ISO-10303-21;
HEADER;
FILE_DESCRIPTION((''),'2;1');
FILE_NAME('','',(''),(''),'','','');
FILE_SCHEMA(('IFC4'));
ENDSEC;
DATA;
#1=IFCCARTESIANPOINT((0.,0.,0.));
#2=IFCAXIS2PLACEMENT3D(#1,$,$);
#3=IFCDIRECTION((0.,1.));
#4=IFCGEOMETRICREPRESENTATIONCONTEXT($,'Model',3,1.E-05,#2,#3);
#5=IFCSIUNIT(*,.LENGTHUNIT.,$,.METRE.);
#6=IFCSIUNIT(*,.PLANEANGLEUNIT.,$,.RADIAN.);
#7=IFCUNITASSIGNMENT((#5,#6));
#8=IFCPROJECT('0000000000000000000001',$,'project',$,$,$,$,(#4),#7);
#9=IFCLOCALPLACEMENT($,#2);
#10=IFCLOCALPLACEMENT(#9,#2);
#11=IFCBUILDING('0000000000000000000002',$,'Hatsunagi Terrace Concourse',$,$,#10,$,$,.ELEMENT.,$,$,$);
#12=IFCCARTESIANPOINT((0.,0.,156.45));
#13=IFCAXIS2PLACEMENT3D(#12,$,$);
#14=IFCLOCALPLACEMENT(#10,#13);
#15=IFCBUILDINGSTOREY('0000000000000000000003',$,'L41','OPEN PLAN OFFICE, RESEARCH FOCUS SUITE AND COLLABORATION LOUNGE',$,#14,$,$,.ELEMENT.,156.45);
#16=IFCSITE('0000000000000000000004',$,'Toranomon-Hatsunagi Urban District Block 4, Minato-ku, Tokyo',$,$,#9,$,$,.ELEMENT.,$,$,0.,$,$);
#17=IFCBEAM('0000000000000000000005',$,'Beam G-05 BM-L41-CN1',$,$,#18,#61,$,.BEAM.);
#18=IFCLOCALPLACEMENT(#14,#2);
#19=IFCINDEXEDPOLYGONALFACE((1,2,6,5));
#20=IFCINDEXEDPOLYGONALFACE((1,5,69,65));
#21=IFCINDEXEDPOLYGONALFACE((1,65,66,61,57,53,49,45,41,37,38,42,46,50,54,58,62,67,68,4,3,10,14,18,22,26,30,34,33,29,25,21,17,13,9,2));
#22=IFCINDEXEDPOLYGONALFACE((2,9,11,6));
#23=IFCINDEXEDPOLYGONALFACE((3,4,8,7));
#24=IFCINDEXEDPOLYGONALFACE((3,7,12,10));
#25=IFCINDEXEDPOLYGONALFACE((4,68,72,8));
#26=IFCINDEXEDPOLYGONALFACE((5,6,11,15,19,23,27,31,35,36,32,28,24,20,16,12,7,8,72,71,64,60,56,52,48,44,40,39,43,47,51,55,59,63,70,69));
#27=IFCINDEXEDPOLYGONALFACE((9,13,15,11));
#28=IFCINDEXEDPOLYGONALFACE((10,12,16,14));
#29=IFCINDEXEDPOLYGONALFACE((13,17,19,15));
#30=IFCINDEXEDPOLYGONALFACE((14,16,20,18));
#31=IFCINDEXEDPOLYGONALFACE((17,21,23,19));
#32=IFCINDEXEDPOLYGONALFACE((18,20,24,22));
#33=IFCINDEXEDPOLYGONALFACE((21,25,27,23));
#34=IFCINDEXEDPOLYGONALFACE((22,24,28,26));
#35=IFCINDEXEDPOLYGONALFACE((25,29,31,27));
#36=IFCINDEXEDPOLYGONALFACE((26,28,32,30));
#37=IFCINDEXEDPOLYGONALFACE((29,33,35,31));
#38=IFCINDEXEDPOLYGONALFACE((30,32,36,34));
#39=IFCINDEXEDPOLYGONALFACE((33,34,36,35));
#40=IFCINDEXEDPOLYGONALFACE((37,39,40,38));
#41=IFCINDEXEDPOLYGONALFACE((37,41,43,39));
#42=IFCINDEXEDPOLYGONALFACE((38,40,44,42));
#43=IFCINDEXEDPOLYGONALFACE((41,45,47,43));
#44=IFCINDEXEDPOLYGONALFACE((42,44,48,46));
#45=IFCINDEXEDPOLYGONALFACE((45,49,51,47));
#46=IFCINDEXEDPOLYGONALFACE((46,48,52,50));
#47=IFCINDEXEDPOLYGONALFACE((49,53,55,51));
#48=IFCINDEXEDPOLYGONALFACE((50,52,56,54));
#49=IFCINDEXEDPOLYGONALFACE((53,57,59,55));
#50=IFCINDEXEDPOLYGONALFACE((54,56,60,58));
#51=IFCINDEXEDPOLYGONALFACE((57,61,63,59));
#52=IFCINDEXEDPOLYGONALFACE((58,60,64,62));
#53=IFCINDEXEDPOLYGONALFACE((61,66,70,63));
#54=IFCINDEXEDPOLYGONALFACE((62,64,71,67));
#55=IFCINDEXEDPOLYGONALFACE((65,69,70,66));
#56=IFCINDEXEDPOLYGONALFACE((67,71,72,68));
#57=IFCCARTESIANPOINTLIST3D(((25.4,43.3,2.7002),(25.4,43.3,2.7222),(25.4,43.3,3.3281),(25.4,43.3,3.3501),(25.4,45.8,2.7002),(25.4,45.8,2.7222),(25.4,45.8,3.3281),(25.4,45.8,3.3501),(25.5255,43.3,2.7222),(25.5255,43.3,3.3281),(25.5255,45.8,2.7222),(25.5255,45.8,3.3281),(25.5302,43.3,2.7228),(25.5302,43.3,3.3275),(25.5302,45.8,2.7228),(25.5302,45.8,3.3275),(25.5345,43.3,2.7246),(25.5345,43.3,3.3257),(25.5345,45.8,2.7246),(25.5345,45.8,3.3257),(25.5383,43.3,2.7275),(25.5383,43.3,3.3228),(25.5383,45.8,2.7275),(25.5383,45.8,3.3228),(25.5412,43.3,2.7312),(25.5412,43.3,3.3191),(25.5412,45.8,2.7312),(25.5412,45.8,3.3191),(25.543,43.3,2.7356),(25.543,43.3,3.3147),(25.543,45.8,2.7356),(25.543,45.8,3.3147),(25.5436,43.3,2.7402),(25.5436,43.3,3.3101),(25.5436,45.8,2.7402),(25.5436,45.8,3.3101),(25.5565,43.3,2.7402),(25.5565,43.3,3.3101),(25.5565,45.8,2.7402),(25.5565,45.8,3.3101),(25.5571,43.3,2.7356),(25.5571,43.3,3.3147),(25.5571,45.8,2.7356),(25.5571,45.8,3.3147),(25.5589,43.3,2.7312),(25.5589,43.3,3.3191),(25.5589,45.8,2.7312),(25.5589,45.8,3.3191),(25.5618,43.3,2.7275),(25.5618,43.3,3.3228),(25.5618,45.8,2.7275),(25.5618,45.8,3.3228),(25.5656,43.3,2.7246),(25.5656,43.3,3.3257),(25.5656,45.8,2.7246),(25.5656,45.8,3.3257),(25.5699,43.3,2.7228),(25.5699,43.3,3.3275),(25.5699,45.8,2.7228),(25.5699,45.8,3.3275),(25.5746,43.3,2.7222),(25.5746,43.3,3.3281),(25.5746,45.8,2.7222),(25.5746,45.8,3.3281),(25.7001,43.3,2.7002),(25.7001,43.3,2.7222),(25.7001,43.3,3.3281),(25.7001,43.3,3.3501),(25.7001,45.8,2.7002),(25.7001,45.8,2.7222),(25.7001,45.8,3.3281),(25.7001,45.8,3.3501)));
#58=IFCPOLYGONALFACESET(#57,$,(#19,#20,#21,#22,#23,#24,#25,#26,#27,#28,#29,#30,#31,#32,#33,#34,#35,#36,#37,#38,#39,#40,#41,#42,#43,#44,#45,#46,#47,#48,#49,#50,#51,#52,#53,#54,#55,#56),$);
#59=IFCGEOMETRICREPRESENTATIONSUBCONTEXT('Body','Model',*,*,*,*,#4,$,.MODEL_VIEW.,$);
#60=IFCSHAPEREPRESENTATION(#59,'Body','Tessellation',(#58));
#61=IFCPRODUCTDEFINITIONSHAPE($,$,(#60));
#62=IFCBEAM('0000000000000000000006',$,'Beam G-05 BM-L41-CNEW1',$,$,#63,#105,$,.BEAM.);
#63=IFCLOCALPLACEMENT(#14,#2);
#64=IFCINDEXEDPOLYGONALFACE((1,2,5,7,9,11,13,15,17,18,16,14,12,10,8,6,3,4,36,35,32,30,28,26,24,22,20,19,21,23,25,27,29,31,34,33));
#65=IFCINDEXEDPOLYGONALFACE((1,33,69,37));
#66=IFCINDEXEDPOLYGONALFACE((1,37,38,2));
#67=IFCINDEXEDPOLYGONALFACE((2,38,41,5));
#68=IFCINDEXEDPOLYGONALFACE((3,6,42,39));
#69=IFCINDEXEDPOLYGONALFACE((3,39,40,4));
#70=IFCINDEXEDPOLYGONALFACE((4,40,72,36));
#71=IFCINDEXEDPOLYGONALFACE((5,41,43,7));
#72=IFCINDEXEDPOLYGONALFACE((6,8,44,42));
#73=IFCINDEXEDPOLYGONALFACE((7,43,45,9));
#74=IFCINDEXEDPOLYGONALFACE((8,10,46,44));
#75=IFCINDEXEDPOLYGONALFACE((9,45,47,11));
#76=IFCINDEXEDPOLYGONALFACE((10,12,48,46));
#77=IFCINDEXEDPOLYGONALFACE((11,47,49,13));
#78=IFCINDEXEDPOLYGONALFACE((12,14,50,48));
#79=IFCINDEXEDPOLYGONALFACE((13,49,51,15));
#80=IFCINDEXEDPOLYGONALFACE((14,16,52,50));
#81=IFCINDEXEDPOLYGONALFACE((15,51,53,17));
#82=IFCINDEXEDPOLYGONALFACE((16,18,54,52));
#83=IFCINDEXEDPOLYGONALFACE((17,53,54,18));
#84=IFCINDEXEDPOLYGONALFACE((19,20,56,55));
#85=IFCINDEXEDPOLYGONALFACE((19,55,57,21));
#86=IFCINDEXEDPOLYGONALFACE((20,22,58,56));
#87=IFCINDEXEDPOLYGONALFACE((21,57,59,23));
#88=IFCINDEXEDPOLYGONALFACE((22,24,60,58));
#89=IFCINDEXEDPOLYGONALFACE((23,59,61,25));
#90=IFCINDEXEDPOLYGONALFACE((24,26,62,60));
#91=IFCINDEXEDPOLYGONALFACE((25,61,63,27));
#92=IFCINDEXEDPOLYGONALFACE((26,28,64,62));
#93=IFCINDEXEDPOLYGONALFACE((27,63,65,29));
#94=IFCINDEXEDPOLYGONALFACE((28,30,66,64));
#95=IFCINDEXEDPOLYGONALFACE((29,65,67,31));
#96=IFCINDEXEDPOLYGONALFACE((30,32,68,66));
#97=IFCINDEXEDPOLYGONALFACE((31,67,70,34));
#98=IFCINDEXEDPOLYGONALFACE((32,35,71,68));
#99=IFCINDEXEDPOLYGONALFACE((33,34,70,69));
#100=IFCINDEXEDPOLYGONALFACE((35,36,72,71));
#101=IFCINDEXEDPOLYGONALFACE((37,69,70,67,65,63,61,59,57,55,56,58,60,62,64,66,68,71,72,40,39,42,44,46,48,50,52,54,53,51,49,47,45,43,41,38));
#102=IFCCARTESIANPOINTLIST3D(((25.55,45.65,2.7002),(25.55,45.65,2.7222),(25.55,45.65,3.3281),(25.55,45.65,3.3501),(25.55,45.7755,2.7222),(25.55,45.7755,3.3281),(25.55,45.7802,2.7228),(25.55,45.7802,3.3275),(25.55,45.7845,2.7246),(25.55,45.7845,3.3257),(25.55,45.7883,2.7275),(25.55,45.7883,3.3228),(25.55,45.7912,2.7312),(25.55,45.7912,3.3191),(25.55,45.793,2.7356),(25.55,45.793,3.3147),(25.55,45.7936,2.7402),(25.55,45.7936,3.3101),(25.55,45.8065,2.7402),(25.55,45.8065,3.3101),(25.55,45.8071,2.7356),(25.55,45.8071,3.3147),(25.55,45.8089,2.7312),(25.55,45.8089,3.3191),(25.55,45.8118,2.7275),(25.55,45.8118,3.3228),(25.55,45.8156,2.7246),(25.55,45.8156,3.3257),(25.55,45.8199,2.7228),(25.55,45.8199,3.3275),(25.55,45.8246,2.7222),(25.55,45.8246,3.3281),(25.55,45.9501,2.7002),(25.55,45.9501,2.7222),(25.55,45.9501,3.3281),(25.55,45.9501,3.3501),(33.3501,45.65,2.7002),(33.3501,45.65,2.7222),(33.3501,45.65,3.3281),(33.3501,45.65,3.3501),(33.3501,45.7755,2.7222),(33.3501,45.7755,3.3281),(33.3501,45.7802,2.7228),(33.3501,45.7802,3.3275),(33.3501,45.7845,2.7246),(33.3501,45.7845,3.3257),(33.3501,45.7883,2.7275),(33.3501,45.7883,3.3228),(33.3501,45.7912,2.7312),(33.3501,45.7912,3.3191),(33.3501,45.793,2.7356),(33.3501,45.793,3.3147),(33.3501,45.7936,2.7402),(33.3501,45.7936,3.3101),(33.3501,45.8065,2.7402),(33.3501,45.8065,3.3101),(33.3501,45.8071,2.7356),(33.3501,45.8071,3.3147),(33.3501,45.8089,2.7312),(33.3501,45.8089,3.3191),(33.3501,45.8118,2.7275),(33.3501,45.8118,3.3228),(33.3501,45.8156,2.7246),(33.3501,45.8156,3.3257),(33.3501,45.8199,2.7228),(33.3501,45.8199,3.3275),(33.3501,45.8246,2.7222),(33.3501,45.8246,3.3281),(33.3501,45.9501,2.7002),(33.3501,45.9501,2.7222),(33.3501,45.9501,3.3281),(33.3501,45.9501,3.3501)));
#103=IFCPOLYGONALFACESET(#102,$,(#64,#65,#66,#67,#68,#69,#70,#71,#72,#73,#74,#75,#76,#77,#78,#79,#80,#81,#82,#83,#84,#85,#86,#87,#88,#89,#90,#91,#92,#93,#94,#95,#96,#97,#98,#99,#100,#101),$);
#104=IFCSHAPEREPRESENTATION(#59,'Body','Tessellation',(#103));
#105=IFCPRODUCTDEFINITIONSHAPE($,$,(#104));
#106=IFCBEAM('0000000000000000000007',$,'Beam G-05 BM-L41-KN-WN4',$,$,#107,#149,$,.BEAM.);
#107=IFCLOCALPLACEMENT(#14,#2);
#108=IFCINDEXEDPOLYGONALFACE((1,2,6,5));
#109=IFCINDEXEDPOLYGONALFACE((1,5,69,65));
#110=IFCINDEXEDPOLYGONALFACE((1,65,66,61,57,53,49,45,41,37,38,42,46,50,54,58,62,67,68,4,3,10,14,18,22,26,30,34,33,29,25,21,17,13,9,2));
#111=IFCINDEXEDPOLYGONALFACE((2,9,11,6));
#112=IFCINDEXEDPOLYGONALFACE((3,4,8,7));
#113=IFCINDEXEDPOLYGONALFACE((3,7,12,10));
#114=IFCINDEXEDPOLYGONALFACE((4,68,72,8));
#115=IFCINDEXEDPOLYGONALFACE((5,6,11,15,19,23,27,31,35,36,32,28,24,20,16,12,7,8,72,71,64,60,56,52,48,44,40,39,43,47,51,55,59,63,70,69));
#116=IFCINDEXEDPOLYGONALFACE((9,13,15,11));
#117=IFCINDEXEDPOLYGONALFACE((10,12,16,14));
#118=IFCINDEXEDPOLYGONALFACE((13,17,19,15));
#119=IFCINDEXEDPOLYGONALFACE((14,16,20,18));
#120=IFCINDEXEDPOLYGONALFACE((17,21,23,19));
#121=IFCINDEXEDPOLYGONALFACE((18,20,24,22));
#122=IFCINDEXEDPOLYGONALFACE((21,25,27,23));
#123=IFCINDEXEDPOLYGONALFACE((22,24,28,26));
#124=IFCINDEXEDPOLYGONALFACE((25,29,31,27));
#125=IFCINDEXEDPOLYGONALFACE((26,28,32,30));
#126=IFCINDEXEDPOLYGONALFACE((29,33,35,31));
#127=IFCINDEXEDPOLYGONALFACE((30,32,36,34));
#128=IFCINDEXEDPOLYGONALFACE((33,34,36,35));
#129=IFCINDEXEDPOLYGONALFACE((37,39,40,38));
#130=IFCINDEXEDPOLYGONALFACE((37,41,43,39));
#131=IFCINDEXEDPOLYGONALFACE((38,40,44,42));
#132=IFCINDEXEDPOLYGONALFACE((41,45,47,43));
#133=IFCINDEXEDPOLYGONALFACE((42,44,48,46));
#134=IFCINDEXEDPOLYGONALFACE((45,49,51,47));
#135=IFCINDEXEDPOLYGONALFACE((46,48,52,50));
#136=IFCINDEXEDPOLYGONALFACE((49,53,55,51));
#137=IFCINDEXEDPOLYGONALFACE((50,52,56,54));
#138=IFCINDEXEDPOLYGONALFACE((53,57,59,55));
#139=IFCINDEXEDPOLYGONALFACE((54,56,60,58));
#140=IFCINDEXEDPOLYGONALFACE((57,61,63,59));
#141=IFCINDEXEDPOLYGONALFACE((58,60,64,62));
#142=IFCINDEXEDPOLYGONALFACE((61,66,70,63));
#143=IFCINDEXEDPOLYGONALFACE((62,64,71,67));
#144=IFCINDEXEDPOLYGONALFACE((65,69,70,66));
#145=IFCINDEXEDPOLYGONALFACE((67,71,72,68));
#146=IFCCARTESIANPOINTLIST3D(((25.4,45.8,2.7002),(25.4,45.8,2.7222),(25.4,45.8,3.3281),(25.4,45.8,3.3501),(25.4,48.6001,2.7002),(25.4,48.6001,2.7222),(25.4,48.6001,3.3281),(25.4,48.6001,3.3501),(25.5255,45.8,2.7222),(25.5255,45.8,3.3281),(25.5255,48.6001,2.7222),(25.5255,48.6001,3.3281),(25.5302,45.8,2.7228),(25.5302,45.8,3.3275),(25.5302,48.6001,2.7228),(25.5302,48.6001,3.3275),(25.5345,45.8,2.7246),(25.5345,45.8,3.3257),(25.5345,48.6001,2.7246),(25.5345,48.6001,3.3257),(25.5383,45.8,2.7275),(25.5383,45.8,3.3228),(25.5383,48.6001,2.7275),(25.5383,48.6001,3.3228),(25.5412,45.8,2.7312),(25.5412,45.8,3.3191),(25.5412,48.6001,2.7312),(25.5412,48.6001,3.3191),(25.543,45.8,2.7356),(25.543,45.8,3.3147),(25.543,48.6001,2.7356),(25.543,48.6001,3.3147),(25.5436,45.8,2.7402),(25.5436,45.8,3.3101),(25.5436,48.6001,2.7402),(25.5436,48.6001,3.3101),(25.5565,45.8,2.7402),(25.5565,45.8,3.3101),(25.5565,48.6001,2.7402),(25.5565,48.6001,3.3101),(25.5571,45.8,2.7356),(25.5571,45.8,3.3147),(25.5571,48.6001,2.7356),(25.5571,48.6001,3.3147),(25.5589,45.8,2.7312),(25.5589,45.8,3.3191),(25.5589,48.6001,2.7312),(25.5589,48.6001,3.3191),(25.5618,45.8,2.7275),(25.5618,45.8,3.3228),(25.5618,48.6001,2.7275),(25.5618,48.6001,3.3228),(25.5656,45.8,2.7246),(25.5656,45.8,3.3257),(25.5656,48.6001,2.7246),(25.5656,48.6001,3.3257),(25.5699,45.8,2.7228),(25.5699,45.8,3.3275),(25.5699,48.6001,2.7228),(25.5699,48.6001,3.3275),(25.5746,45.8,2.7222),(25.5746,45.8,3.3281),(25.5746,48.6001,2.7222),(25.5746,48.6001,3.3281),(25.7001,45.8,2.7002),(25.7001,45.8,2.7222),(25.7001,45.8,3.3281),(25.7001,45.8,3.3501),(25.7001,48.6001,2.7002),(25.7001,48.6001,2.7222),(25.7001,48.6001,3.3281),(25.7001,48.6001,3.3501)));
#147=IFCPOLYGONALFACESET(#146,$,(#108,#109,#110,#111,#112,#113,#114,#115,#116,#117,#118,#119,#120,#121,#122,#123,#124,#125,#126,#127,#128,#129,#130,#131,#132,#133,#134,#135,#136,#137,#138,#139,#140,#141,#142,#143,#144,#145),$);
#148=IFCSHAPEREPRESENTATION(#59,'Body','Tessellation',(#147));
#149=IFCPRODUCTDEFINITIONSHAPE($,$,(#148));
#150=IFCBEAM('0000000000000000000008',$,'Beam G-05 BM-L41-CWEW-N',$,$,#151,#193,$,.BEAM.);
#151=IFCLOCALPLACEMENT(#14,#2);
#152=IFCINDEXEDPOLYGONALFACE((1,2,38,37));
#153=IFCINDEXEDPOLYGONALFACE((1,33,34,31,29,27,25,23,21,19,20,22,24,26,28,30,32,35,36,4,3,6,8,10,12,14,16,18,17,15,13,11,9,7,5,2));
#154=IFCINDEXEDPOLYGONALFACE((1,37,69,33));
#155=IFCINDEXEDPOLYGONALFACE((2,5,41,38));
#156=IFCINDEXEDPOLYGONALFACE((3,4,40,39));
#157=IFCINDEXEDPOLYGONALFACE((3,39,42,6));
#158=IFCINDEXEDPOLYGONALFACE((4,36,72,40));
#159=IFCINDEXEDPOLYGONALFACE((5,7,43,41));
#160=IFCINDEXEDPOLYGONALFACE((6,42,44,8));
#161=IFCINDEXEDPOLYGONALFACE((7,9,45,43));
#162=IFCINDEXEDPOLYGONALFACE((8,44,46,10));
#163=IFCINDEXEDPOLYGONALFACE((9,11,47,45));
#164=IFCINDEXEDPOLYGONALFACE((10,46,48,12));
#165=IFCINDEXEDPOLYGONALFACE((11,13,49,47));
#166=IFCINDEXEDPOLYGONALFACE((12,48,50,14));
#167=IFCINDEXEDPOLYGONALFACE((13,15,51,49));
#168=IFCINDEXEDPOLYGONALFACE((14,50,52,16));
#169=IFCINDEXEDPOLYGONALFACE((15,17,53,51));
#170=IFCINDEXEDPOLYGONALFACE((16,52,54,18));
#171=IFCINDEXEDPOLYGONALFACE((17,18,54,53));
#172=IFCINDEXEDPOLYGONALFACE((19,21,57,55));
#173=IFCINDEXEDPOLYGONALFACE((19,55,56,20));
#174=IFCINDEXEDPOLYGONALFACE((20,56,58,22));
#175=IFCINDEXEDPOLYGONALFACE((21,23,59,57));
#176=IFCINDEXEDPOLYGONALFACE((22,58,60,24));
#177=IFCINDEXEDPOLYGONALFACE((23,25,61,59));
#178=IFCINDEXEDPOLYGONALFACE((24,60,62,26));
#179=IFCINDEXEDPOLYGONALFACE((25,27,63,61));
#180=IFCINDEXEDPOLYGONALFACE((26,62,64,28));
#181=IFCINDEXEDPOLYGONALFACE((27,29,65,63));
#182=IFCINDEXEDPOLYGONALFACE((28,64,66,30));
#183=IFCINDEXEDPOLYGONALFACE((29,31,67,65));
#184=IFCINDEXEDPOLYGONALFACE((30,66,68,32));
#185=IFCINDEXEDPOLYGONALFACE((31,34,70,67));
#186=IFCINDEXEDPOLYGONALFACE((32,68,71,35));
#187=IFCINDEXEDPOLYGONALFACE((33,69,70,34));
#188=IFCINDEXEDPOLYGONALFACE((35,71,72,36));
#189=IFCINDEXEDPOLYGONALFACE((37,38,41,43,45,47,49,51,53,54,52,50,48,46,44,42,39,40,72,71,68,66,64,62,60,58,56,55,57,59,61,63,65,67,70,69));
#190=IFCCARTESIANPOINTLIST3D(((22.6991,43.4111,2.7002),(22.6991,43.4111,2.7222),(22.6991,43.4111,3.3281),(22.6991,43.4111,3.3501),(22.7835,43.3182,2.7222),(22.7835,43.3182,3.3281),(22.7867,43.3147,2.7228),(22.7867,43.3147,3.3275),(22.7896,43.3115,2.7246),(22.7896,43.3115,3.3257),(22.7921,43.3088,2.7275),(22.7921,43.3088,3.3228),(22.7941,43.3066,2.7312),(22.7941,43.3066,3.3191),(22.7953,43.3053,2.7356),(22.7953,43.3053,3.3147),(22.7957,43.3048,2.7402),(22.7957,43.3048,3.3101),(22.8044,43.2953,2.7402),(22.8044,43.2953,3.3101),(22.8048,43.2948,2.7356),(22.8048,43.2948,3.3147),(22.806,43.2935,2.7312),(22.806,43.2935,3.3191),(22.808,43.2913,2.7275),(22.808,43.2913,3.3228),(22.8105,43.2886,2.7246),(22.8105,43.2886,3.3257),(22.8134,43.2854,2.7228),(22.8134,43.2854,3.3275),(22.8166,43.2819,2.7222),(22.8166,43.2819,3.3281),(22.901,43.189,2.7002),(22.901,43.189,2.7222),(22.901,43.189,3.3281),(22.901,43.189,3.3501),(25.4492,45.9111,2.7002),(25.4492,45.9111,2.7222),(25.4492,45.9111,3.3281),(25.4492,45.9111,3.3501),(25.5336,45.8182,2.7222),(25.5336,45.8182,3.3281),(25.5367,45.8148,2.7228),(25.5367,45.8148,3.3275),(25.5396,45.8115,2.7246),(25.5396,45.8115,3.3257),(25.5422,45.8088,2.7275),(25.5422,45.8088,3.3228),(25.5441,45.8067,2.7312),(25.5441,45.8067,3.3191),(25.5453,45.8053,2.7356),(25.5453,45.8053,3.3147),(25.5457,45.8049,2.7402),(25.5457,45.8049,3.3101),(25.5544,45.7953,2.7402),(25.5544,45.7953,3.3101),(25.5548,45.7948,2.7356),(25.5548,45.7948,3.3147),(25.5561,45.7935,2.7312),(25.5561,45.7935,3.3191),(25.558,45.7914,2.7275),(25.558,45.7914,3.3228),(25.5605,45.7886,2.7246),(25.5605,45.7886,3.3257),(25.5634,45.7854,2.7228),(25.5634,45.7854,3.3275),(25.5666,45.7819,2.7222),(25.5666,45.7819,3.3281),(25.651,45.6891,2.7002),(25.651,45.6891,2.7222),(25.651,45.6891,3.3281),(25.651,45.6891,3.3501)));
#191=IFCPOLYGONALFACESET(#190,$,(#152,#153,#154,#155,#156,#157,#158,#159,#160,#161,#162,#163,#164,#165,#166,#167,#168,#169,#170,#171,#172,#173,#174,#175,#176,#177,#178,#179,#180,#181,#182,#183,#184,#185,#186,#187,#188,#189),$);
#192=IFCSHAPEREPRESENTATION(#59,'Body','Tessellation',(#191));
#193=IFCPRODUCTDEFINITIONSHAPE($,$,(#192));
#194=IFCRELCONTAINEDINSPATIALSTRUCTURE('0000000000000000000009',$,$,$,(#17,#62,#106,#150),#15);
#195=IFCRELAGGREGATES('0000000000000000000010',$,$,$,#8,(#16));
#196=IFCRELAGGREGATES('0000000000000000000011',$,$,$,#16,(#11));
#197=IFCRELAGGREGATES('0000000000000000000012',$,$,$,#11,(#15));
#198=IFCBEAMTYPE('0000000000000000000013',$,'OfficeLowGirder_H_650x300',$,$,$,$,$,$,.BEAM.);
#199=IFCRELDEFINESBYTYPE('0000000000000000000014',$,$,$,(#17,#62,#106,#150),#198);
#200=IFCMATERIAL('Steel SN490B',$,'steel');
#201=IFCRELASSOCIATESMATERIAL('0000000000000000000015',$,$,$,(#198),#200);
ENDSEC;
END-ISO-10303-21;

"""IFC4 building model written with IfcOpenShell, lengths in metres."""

from ifc_helpers import new_model, si_unit, direction, frame, origin, origin_2d, place, context, subcontext, project, spatial, i_section, extrude, material, material_profile, profile_set, type_object, element, save


model = new_model("IFC4")

# Units and contexts
model_context = context("Model", 3, precision=1e-05, world=origin(), true_north=direction((0.0, 1.0)))
body_context = subcontext(model_context, "Body", "Model", "MODEL_VIEW")
ifc_project = project(units=[si_unit("LENGTHUNIT", "METRE"), si_unit("PLANEANGLEUNIT", "RADIAN")], contexts=[model_context])

# Site, building, storey
site_placement = place(None, origin())
site = spatial("IfcSite", under=ifc_project, at=site_placement, Name="Toranomon-Hatsunagi Urban District Block 4, Minato-ku, Tokyo", CompositionType="ELEMENT", RefElevation=0.0)
building_placement = place(site_placement, origin())
building = spatial("IfcBuilding", under=site, at=building_placement, Name="Hatsunagi Terrace Concourse", CompositionType="ELEMENT")
storey_placement = place(building_placement, frame((0.0, 0.0, 156.45)))
storey = spatial("IfcBuildingStorey", under=building, at=storey_placement, Name="L41", Description="OPEN PLAN OFFICE, RESEARCH FOCUS SUITE AND COLLABORATION LOUNGE", CompositionType="ELEMENT", Elevation=156.45)

# Beams
ifc_material_1 = material(Name="Steel SN490B", Category="steel")
ifc_material_profile_1 = material_profile(ifc_material_1, i_section(OverallWidth=0.3, OverallDepth=0.6499, WebThickness=0.0129, FlangeThickness=0.022, FilletRadius=0.0181, at=origin_2d()), Name="H-650x300x13x22")
ifc_profile_set_1 = profile_set([ifc_material_profile_1], Name="Steel SN490B")
beam_type_1 = type_object("IfcBeamType", Name="OfficeLowGirder_H_650x300", PredefinedType="BEAM", material=ifc_profile_set_1)
beam_1_placement = place(storey_placement, frame((25.55, 43.3, 3.0251), z_axis=(0.0, 1.0, 0.0), x_axis=(-1.0, 0.0, 0.0)))
element("IfcBeam", 1, at=beam_1_placement, inside=storey, type_object=beam_type_1, Name="Beam G-05 BM-L41-CN1", PredefinedType="BEAM", context=body_context, shape_type="SweptSolid", body=[
    extrude(i_section(OverallWidth=0.3, OverallDepth=0.6499, WebThickness=0.0129, FlangeThickness=0.022, FilletRadius=0.0181, at=origin_2d()), origin(), (0.0, 0.0, 1.0), 2.5),
])
beam_2_placement = place(storey_placement, frame((25.55, 45.8, 3.0251), z_axis=(1.0, 0.0, 0.0), x_axis=(0.0, 1.0, 0.0)))
element("IfcBeam", 2, at=beam_2_placement, inside=storey, type_object=beam_type_1, Name="Beam G-05 BM-L41-CNEW1", PredefinedType="BEAM", context=body_context, shape_type="SweptSolid", body=[
    extrude(i_section(OverallWidth=0.3, OverallDepth=0.6499, WebThickness=0.0129, FlangeThickness=0.022, FilletRadius=0.0181, at=origin_2d()), origin(), (0.0, 0.0, 1.0), 7.8),
])
beam_3_placement = place(storey_placement, frame((25.55, 45.8, 3.0251), z_axis=(0.0, 1.0, 0.0), x_axis=(-1.0, 0.0, 0.0)))
element("IfcBeam", 3, at=beam_3_placement, inside=storey, type_object=beam_type_1, Name="Beam G-05 BM-L41-KN-WN4", PredefinedType="BEAM", context=body_context, shape_type="SweptSolid", body=[
    extrude(i_section(OverallWidth=0.3, OverallDepth=0.6499, WebThickness=0.0129, FlangeThickness=0.022, FilletRadius=0.0181, at=origin_2d()), origin(), (0.0, 0.0, 1.0), 2.8),
])
beam_4_placement = place(storey_placement, frame((22.8, 43.3, 3.0251), z_axis=(0.73994, 0.672673, 0.0), x_axis=(-0.672673, 0.73994, 0.0)))
element("IfcBeam", 4, at=beam_4_placement, inside=storey, type_object=beam_type_1, Name="Beam G-05 BM-L41-CWEW-N", PredefinedType="BEAM", context=body_context, shape_type="SweptSolid", body=[
    extrude(i_section(OverallWidth=0.3, OverallDepth=0.6499, WebThickness=0.0129, FlangeThickness=0.022, FilletRadius=0.0181, at=origin_2d()), origin(), (0.0, 0.0, 1.0), 3.7166),
])

save(model, "model.ifc")
